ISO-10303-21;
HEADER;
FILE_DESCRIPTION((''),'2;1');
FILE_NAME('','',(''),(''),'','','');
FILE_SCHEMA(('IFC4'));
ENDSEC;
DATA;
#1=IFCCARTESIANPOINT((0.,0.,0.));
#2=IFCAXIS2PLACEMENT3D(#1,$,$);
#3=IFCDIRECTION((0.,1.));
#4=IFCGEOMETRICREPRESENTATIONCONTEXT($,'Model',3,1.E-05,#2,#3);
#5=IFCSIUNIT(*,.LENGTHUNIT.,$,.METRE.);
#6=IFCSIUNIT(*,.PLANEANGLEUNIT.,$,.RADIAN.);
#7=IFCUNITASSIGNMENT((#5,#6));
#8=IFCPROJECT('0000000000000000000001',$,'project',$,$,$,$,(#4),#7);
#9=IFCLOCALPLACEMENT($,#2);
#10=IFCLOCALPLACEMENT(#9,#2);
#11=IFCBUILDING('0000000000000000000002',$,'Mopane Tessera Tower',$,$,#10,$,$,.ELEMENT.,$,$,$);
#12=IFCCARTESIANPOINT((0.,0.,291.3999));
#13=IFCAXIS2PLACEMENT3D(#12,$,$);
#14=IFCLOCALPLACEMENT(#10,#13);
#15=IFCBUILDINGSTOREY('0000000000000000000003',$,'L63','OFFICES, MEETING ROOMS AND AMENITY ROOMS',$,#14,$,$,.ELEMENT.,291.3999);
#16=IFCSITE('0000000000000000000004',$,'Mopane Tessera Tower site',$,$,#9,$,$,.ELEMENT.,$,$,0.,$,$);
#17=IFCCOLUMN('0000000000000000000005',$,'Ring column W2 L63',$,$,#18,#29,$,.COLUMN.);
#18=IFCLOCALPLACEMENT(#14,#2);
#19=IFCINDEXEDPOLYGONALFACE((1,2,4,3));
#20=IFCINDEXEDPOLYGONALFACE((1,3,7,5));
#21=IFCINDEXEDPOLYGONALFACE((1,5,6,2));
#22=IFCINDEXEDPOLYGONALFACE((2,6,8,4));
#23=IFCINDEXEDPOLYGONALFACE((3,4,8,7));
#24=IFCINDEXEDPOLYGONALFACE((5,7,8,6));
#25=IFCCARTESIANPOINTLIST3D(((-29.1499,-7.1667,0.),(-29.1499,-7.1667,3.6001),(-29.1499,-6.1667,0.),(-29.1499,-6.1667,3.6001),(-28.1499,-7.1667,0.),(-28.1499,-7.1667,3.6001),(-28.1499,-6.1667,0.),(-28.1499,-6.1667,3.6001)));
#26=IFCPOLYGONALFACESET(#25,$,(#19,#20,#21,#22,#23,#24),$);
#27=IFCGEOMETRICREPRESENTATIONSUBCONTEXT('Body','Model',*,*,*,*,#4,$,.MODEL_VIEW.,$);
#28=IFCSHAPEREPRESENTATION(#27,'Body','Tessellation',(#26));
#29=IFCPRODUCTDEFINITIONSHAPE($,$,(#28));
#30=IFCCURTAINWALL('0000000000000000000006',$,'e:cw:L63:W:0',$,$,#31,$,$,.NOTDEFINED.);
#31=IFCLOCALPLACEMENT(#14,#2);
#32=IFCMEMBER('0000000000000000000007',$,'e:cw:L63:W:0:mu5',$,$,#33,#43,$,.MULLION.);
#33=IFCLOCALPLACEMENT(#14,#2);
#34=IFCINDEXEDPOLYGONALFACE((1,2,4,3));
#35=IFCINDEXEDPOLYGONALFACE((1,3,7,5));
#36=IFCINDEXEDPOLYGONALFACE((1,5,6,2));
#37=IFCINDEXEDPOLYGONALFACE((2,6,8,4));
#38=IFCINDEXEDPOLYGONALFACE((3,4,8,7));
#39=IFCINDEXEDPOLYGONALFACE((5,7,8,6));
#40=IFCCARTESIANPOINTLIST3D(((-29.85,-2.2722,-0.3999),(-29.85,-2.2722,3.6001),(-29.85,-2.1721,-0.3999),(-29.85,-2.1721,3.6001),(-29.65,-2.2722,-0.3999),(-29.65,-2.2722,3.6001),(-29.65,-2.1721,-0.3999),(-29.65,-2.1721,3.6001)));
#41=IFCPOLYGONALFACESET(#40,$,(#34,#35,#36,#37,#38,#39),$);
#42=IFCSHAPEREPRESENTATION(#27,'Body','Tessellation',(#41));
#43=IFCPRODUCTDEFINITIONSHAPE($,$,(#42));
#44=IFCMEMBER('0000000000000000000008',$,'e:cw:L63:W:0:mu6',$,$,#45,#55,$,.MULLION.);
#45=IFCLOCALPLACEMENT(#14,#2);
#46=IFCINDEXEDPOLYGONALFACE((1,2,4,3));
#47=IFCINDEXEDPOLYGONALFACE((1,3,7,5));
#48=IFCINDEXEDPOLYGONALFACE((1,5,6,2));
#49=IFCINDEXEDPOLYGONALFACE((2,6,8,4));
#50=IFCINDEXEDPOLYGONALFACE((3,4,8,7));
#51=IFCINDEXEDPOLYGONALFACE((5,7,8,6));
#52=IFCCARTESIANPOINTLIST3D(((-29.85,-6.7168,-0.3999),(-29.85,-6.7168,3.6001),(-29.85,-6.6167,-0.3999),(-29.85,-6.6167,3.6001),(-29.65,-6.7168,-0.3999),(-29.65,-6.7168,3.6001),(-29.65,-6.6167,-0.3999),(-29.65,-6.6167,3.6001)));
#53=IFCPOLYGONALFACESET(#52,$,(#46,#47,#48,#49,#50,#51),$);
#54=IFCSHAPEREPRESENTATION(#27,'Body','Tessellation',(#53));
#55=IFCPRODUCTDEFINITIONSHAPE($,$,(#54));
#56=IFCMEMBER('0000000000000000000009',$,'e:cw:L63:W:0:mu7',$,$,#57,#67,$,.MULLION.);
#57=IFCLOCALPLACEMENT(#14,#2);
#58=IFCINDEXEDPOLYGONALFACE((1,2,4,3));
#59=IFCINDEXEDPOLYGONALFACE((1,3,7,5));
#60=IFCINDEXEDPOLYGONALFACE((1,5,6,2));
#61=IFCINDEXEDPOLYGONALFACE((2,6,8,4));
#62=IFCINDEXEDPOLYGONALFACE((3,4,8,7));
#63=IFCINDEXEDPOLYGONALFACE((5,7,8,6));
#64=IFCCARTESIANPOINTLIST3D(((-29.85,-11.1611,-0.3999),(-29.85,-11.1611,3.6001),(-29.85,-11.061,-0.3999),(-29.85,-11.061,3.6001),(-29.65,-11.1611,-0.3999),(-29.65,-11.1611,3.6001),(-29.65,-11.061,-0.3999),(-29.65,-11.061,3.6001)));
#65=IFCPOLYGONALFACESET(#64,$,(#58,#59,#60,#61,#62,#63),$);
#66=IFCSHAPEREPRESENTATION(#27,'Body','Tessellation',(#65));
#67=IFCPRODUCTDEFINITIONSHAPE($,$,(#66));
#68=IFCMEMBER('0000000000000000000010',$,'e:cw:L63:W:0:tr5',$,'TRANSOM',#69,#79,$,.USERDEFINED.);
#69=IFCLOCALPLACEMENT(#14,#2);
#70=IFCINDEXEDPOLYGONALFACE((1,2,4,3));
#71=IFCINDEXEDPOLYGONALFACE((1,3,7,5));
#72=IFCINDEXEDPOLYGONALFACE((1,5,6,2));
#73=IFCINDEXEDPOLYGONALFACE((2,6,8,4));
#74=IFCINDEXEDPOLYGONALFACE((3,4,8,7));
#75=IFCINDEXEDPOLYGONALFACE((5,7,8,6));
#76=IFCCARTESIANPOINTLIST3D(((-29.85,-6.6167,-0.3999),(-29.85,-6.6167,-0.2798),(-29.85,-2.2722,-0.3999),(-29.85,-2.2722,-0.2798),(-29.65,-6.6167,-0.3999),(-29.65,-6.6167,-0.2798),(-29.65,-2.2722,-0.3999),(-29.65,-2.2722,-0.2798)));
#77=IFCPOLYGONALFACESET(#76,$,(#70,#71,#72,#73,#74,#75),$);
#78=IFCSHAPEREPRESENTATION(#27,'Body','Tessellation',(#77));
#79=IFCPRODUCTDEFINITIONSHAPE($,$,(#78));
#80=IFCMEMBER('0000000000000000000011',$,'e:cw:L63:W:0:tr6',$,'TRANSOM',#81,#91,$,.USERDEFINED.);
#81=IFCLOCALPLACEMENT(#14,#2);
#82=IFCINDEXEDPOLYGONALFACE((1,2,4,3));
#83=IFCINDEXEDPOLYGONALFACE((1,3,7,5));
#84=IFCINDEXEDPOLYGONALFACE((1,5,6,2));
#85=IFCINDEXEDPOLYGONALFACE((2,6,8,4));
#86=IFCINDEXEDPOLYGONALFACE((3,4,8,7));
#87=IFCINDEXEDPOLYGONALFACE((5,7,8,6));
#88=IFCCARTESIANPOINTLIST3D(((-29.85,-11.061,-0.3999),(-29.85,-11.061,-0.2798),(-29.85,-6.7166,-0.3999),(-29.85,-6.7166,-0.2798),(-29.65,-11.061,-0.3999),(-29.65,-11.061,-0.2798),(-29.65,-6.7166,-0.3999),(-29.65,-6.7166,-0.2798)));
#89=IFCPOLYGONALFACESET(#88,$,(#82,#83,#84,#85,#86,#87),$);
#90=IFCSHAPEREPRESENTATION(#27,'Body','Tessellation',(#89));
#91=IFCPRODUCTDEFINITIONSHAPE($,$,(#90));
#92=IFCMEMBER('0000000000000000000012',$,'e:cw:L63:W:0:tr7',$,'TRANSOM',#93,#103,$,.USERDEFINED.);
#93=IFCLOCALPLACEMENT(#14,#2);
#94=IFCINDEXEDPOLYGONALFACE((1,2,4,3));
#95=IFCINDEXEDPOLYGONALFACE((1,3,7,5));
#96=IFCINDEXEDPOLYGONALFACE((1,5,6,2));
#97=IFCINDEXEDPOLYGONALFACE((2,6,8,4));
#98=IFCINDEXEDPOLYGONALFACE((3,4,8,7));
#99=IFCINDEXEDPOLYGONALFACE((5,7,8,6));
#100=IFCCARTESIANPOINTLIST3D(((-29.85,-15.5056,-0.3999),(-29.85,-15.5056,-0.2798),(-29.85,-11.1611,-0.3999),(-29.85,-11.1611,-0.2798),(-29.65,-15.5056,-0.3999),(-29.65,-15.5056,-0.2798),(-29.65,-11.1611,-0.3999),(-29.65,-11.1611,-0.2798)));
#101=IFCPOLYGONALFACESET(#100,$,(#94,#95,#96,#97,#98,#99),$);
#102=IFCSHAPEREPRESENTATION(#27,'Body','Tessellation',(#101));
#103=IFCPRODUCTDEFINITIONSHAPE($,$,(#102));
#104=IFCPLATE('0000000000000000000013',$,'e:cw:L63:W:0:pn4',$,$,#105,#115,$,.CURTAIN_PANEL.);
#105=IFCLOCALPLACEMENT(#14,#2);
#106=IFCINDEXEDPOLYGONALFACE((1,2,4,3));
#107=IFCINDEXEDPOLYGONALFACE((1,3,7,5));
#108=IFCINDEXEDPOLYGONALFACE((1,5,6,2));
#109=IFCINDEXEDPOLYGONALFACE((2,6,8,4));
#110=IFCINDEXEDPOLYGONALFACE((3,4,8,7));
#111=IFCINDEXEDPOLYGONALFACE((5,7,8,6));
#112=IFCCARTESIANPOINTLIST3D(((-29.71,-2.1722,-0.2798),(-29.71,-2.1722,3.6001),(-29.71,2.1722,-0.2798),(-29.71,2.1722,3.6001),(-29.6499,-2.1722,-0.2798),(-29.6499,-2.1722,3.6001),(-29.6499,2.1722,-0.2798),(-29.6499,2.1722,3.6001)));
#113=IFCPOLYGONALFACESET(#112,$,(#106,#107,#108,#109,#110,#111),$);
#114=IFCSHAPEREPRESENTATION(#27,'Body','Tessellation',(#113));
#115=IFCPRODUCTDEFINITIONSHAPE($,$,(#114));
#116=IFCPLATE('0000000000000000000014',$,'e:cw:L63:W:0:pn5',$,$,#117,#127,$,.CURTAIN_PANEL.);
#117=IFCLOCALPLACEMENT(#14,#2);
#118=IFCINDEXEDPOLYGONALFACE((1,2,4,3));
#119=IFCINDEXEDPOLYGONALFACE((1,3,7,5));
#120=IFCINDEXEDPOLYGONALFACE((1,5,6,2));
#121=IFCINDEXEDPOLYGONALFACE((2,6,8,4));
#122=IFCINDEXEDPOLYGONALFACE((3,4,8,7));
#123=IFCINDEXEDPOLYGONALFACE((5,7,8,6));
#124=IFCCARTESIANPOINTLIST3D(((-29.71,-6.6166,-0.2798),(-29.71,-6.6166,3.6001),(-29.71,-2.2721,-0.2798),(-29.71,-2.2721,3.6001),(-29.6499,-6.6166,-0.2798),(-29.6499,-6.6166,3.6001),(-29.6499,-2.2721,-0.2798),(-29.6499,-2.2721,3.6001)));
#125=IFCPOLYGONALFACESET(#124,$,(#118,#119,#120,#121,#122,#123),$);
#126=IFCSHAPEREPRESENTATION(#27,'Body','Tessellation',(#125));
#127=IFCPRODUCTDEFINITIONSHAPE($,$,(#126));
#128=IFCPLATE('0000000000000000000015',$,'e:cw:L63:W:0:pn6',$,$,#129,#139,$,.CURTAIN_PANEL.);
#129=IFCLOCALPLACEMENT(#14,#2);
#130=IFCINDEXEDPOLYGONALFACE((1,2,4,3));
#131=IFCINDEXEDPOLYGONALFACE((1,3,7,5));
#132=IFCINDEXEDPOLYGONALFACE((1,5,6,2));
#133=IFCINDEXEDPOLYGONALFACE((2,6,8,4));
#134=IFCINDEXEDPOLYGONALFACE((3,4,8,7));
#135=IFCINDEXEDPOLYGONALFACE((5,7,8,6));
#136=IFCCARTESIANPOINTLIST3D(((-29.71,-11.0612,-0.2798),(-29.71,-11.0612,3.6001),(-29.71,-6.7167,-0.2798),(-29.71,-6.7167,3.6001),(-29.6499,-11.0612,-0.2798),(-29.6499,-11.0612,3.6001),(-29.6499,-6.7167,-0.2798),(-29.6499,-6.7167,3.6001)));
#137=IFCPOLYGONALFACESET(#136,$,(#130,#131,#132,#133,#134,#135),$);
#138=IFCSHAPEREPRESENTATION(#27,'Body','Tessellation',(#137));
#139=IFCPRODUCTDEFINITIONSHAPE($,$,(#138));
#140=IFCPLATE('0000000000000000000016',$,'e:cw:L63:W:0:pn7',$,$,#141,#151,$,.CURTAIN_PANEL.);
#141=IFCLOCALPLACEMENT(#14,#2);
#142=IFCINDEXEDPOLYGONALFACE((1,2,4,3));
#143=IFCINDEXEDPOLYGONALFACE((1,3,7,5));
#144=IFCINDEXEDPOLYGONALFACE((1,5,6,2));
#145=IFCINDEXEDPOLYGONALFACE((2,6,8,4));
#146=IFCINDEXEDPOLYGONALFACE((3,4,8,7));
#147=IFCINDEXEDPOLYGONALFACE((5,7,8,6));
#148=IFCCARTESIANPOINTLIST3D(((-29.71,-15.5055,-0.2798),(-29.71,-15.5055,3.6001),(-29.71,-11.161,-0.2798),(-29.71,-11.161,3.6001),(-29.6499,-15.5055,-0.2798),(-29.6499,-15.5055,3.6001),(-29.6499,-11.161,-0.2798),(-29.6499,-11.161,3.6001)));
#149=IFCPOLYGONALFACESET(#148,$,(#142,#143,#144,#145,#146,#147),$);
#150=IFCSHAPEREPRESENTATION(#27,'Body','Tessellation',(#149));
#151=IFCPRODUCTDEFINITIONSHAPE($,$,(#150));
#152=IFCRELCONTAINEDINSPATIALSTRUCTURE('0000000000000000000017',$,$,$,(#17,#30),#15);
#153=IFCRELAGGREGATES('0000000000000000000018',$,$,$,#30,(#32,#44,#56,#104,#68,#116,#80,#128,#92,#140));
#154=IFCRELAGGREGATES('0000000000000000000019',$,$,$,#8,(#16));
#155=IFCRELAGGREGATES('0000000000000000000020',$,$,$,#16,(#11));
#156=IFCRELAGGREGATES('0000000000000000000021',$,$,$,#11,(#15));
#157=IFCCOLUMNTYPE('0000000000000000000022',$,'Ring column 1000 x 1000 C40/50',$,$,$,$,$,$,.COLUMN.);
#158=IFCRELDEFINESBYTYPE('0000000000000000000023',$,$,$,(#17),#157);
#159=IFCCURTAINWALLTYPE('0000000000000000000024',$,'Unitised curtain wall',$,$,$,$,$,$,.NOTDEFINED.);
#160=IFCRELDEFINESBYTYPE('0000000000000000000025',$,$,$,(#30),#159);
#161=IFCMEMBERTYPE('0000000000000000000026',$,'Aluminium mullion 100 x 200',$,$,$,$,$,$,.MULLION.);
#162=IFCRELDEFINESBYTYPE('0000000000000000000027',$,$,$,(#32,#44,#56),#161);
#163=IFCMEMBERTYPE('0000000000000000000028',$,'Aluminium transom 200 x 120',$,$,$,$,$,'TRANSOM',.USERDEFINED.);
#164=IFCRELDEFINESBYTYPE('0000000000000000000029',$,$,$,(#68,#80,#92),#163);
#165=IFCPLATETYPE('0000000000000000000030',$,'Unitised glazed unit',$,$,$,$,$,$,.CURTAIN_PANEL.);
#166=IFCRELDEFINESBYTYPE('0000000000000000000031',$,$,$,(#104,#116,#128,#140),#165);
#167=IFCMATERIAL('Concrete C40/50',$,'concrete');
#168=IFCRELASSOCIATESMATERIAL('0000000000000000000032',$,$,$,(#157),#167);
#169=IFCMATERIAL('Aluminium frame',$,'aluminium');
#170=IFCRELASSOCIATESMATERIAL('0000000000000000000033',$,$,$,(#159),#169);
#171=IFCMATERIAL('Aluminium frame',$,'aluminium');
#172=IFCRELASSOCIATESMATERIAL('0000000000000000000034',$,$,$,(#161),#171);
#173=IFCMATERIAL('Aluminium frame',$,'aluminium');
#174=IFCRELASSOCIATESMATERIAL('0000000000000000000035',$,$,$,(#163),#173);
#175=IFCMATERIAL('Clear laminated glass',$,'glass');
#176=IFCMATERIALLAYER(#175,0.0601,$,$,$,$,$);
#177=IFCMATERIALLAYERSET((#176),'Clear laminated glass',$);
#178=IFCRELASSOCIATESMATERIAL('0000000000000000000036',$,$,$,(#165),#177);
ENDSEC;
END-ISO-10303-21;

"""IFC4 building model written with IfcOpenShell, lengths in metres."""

from ifc_helpers import new_model, si_unit, direction, frame, origin, origin_2d, place, context, subcontext, project, spatial, rectangle, extrude, material, layer, layer_set, material_profile, profile_set, type_object, element, aggregate, save


model = new_model("IFC4")

# Units and contexts
model_context = context("Model", 3, precision=1e-05, world=origin(), true_north=direction((0.0, 1.0)))
body_context = subcontext(model_context, "Body", "Model", "MODEL_VIEW")
ifc_project = project(units=[si_unit("LENGTHUNIT", "METRE"), si_unit("PLANEANGLEUNIT", "RADIAN")], contexts=[model_context])

# Site, building, storey
site_placement = place(None, origin())
site = spatial("IfcSite", under=ifc_project, at=site_placement, Name="Mopane Tessera Tower site", CompositionType="ELEMENT", RefElevation=0.0)
building_placement = place(site_placement, origin())
building = spatial("IfcBuilding", under=site, at=building_placement, Name="Mopane Tessera Tower", CompositionType="ELEMENT")
storey_placement = place(building_placement, frame((0.0, 0.0, 291.3999)))
storey = spatial("IfcBuildingStorey", under=building, at=storey_placement, Name="L63", Description="OFFICES, MEETING ROOMS AND AMENITY ROOMS", CompositionType="ELEMENT", Elevation=291.3999)

# Column
ifc_material_1 = material(Name="Concrete C40/50", Category="concrete")
ifc_material_profile_1 = material_profile(ifc_material_1, rectangle(XDim=1.0, YDim=1.0, at=origin_2d()))
ifc_profile_set_1 = profile_set([ifc_material_profile_1], Name="Concrete C40/50")
column_type = type_object("IfcColumnType", Name="Ring column 1000 x 1000 C40/50", PredefinedType="COLUMN", material=ifc_profile_set_1)
column_placement = place(storey_placement, frame((-28.6499, -6.6667, 0.0), z_axis=(0.0, 0.0, 1.0), x_axis=(1.0, 0.0, 0.0)))
element("IfcColumn", 1, at=column_placement, inside=storey, type_object=column_type, Name="Ring column W2 L63", PredefinedType="COLUMN", context=body_context, shape_type="SweptSolid", body=[
    extrude(rectangle(XDim=1.0, YDim=1.0, at=origin_2d()), origin(), (0.0, 0.0, 1.0), 3.6001),
])

# Curtain wall, members, plates
ifc_material_2 = material(Name="Aluminium frame", Category="aluminium")
curtain_wall_type = type_object("IfcCurtainWallType", Name="Unitised curtain wall", PredefinedType="NOTDEFINED", material=ifc_material_2)
curtain_wall_placement = place(storey_placement, origin())
curtain_wall = element("IfcCurtainWall", 2, at=curtain_wall_placement, inside=storey, type_object=curtain_wall_type, Name="e:cw:L63:W:0", PredefinedType="NOTDEFINED")
ifc_material_3 = material(Name="Aluminium frame", Category="aluminium")
ifc_material_profile_2 = material_profile(ifc_material_3, rectangle(XDim=0.1001, YDim=0.2, at=origin_2d()))
ifc_profile_set_2 = profile_set([ifc_material_profile_2], Name="Aluminium frame")
member_type_1 = type_object("IfcMemberType", Name="Aluminium mullion 100 x 200", PredefinedType="MULLION", material=ifc_profile_set_2)
member_1_placement = place(storey_placement, frame((-29.75, -2.2222, -0.3999), z_axis=(0.0, 0.0, 1.0), x_axis=(0.0, -1.0, 0.0)))
member_1 = element("IfcMember", 3, at=member_1_placement, type_object=member_type_1, Name="e:cw:L63:W:0:mu5", PredefinedType="MULLION", context=body_context, shape_type="SweptSolid", body=[
    extrude(rectangle(XDim=0.1001, YDim=0.2, at=origin_2d()), origin(), (0.0, 0.0, 1.0), 4.0),
])
member_2_placement = place(storey_placement, frame((-29.75, -6.6667, -0.3999), z_axis=(0.0, 0.0, 1.0), x_axis=(0.0, -1.0, 0.0)))
member_2 = element("IfcMember", 4, at=member_2_placement, type_object=member_type_1, Name="e:cw:L63:W:0:mu6", PredefinedType="MULLION", context=body_context, shape_type="SweptSolid", body=[
    extrude(rectangle(XDim=0.1001, YDim=0.2, at=origin_2d()), origin(), (0.0, 0.0, 1.0), 4.0),
])
member_3_placement = place(storey_placement, frame((-29.75, -11.1111, -0.3999), z_axis=(0.0, 0.0, 1.0), x_axis=(0.0, -1.0, 0.0)))
member_3 = element("IfcMember", 5, at=member_3_placement, type_object=member_type_1, Name="e:cw:L63:W:0:mu7", PredefinedType="MULLION", context=body_context, shape_type="SweptSolid", body=[
    extrude(rectangle(XDim=0.1001, YDim=0.2, at=origin_2d()), origin(), (0.0, 0.0, 1.0), 4.0),
])
ifc_material_4 = material(Name="Aluminium frame", Category="aluminium")
ifc_material_profile_3 = material_profile(ifc_material_4, rectangle(XDim=0.2, YDim=0.1201, at=origin_2d()))
ifc_profile_set_3 = profile_set([ifc_material_profile_3], Name="Aluminium frame")
member_type_2 = type_object("IfcMemberType", Name="Aluminium transom 200 x 120", ElementType="TRANSOM", PredefinedType="USERDEFINED", material=ifc_profile_set_3)
member_4_placement = place(storey_placement, frame((-29.75, -2.2722, -0.3398), z_axis=(0.0, -1.0, 0.0), x_axis=(1.0, 0.0, 0.0)))
member_4 = element("IfcMember", 6, at=member_4_placement, type_object=member_type_2, Name="e:cw:L63:W:0:tr5", ObjectType="TRANSOM", PredefinedType="USERDEFINED", context=body_context, shape_type="SweptSolid", body=[
    extrude(rectangle(XDim=0.2, YDim=0.1201, at=origin_2d()), origin(), (0.0, 0.0, 1.0), 4.3445),
])
member_5_placement = place(storey_placement, frame((-29.75, -6.7166, -0.3398), z_axis=(0.0, -1.0, 0.0), x_axis=(1.0, 0.0, 0.0)))
member_5 = element("IfcMember", 7, at=member_5_placement, type_object=member_type_2, Name="e:cw:L63:W:0:tr6", ObjectType="TRANSOM", PredefinedType="USERDEFINED", context=body_context, shape_type="SweptSolid", body=[
    extrude(rectangle(XDim=0.2, YDim=0.1201, at=origin_2d()), origin(), (0.0, 0.0, 1.0), 4.3445),
])
member_6_placement = place(storey_placement, frame((-29.75, -11.1611, -0.3398), z_axis=(0.0, -1.0, 0.0), x_axis=(1.0, 0.0, 0.0)))
member_6 = element("IfcMember", 8, at=member_6_placement, type_object=member_type_2, Name="e:cw:L63:W:0:tr7", ObjectType="TRANSOM", PredefinedType="USERDEFINED", context=body_context, shape_type="SweptSolid", body=[
    extrude(rectangle(XDim=0.2, YDim=0.1201, at=origin_2d()), origin(), (0.0, 0.0, 1.0), 4.3445),
])
ifc_material_5 = material(Name="Clear laminated glass", Category="glass")
ifc_layer_1 = layer(ifc_material_5, 0.0601)
ifc_layer_set_1 = layer_set([ifc_layer_1], Name="Clear laminated glass")
plate_type = type_object("IfcPlateType", Name="Unitised glazed unit", PredefinedType="CURTAIN_PANEL", material=ifc_layer_set_1)
plate_1_placement = place(storey_placement, frame((-29.6799, 0.0, -0.2798), z_axis=(0.0, 0.0, 1.0), x_axis=(0.0, -1.0, 0.0)))
plate_1 = element("IfcPlate", 9, at=plate_1_placement, type_object=plate_type, Name="e:cw:L63:W:0:pn4", PredefinedType="CURTAIN_PANEL", context=body_context, shape_type="SweptSolid", body=[
    extrude(rectangle(XDim=4.3445, YDim=0.0601, at=origin_2d()), origin(), (0.0, 0.0, 1.0), 3.8799),
])
plate_2_placement = place(storey_placement, frame((-29.6799, -4.4443, -0.2798), z_axis=(0.0, 0.0, 1.0), x_axis=(0.0, -1.0, 0.0)))
plate_2 = element("IfcPlate", 10, at=plate_2_placement, type_object=plate_type, Name="e:cw:L63:W:0:pn5", PredefinedType="CURTAIN_PANEL", context=body_context, shape_type="SweptSolid", body=[
    extrude(rectangle(XDim=4.3445, YDim=0.0601, at=origin_2d()), origin(), (0.0, 0.0, 1.0), 3.8799),
])
plate_3_placement = place(storey_placement, frame((-29.6799, -8.8889, -0.2798), z_axis=(0.0, 0.0, 1.0), x_axis=(0.0, -1.0, 0.0)))
plate_3 = element("IfcPlate", 11, at=plate_3_placement, type_object=plate_type, Name="e:cw:L63:W:0:pn6", PredefinedType="CURTAIN_PANEL", context=body_context, shape_type="SweptSolid", body=[
    extrude(rectangle(XDim=4.3445, YDim=0.0601, at=origin_2d()), origin(), (0.0, 0.0, 1.0), 3.8799),
])
plate_4_placement = place(storey_placement, frame((-29.6799, -13.3333, -0.2798), z_axis=(0.0, 0.0, 1.0), x_axis=(0.0, -1.0, 0.0)))
plate_4 = element("IfcPlate", 12, at=plate_4_placement, type_object=plate_type, Name="e:cw:L63:W:0:pn7", PredefinedType="CURTAIN_PANEL", context=body_context, shape_type="SweptSolid", body=[
    extrude(rectangle(XDim=4.3445, YDim=0.0601, at=origin_2d()), origin(), (0.0, 0.0, 1.0), 3.8799),
])
aggregate(curtain_wall, [member_1, member_2, member_3, plate_1, member_4, plate_2, member_5, plate_3, member_6, plate_4])

save(model, "model.ifc")
